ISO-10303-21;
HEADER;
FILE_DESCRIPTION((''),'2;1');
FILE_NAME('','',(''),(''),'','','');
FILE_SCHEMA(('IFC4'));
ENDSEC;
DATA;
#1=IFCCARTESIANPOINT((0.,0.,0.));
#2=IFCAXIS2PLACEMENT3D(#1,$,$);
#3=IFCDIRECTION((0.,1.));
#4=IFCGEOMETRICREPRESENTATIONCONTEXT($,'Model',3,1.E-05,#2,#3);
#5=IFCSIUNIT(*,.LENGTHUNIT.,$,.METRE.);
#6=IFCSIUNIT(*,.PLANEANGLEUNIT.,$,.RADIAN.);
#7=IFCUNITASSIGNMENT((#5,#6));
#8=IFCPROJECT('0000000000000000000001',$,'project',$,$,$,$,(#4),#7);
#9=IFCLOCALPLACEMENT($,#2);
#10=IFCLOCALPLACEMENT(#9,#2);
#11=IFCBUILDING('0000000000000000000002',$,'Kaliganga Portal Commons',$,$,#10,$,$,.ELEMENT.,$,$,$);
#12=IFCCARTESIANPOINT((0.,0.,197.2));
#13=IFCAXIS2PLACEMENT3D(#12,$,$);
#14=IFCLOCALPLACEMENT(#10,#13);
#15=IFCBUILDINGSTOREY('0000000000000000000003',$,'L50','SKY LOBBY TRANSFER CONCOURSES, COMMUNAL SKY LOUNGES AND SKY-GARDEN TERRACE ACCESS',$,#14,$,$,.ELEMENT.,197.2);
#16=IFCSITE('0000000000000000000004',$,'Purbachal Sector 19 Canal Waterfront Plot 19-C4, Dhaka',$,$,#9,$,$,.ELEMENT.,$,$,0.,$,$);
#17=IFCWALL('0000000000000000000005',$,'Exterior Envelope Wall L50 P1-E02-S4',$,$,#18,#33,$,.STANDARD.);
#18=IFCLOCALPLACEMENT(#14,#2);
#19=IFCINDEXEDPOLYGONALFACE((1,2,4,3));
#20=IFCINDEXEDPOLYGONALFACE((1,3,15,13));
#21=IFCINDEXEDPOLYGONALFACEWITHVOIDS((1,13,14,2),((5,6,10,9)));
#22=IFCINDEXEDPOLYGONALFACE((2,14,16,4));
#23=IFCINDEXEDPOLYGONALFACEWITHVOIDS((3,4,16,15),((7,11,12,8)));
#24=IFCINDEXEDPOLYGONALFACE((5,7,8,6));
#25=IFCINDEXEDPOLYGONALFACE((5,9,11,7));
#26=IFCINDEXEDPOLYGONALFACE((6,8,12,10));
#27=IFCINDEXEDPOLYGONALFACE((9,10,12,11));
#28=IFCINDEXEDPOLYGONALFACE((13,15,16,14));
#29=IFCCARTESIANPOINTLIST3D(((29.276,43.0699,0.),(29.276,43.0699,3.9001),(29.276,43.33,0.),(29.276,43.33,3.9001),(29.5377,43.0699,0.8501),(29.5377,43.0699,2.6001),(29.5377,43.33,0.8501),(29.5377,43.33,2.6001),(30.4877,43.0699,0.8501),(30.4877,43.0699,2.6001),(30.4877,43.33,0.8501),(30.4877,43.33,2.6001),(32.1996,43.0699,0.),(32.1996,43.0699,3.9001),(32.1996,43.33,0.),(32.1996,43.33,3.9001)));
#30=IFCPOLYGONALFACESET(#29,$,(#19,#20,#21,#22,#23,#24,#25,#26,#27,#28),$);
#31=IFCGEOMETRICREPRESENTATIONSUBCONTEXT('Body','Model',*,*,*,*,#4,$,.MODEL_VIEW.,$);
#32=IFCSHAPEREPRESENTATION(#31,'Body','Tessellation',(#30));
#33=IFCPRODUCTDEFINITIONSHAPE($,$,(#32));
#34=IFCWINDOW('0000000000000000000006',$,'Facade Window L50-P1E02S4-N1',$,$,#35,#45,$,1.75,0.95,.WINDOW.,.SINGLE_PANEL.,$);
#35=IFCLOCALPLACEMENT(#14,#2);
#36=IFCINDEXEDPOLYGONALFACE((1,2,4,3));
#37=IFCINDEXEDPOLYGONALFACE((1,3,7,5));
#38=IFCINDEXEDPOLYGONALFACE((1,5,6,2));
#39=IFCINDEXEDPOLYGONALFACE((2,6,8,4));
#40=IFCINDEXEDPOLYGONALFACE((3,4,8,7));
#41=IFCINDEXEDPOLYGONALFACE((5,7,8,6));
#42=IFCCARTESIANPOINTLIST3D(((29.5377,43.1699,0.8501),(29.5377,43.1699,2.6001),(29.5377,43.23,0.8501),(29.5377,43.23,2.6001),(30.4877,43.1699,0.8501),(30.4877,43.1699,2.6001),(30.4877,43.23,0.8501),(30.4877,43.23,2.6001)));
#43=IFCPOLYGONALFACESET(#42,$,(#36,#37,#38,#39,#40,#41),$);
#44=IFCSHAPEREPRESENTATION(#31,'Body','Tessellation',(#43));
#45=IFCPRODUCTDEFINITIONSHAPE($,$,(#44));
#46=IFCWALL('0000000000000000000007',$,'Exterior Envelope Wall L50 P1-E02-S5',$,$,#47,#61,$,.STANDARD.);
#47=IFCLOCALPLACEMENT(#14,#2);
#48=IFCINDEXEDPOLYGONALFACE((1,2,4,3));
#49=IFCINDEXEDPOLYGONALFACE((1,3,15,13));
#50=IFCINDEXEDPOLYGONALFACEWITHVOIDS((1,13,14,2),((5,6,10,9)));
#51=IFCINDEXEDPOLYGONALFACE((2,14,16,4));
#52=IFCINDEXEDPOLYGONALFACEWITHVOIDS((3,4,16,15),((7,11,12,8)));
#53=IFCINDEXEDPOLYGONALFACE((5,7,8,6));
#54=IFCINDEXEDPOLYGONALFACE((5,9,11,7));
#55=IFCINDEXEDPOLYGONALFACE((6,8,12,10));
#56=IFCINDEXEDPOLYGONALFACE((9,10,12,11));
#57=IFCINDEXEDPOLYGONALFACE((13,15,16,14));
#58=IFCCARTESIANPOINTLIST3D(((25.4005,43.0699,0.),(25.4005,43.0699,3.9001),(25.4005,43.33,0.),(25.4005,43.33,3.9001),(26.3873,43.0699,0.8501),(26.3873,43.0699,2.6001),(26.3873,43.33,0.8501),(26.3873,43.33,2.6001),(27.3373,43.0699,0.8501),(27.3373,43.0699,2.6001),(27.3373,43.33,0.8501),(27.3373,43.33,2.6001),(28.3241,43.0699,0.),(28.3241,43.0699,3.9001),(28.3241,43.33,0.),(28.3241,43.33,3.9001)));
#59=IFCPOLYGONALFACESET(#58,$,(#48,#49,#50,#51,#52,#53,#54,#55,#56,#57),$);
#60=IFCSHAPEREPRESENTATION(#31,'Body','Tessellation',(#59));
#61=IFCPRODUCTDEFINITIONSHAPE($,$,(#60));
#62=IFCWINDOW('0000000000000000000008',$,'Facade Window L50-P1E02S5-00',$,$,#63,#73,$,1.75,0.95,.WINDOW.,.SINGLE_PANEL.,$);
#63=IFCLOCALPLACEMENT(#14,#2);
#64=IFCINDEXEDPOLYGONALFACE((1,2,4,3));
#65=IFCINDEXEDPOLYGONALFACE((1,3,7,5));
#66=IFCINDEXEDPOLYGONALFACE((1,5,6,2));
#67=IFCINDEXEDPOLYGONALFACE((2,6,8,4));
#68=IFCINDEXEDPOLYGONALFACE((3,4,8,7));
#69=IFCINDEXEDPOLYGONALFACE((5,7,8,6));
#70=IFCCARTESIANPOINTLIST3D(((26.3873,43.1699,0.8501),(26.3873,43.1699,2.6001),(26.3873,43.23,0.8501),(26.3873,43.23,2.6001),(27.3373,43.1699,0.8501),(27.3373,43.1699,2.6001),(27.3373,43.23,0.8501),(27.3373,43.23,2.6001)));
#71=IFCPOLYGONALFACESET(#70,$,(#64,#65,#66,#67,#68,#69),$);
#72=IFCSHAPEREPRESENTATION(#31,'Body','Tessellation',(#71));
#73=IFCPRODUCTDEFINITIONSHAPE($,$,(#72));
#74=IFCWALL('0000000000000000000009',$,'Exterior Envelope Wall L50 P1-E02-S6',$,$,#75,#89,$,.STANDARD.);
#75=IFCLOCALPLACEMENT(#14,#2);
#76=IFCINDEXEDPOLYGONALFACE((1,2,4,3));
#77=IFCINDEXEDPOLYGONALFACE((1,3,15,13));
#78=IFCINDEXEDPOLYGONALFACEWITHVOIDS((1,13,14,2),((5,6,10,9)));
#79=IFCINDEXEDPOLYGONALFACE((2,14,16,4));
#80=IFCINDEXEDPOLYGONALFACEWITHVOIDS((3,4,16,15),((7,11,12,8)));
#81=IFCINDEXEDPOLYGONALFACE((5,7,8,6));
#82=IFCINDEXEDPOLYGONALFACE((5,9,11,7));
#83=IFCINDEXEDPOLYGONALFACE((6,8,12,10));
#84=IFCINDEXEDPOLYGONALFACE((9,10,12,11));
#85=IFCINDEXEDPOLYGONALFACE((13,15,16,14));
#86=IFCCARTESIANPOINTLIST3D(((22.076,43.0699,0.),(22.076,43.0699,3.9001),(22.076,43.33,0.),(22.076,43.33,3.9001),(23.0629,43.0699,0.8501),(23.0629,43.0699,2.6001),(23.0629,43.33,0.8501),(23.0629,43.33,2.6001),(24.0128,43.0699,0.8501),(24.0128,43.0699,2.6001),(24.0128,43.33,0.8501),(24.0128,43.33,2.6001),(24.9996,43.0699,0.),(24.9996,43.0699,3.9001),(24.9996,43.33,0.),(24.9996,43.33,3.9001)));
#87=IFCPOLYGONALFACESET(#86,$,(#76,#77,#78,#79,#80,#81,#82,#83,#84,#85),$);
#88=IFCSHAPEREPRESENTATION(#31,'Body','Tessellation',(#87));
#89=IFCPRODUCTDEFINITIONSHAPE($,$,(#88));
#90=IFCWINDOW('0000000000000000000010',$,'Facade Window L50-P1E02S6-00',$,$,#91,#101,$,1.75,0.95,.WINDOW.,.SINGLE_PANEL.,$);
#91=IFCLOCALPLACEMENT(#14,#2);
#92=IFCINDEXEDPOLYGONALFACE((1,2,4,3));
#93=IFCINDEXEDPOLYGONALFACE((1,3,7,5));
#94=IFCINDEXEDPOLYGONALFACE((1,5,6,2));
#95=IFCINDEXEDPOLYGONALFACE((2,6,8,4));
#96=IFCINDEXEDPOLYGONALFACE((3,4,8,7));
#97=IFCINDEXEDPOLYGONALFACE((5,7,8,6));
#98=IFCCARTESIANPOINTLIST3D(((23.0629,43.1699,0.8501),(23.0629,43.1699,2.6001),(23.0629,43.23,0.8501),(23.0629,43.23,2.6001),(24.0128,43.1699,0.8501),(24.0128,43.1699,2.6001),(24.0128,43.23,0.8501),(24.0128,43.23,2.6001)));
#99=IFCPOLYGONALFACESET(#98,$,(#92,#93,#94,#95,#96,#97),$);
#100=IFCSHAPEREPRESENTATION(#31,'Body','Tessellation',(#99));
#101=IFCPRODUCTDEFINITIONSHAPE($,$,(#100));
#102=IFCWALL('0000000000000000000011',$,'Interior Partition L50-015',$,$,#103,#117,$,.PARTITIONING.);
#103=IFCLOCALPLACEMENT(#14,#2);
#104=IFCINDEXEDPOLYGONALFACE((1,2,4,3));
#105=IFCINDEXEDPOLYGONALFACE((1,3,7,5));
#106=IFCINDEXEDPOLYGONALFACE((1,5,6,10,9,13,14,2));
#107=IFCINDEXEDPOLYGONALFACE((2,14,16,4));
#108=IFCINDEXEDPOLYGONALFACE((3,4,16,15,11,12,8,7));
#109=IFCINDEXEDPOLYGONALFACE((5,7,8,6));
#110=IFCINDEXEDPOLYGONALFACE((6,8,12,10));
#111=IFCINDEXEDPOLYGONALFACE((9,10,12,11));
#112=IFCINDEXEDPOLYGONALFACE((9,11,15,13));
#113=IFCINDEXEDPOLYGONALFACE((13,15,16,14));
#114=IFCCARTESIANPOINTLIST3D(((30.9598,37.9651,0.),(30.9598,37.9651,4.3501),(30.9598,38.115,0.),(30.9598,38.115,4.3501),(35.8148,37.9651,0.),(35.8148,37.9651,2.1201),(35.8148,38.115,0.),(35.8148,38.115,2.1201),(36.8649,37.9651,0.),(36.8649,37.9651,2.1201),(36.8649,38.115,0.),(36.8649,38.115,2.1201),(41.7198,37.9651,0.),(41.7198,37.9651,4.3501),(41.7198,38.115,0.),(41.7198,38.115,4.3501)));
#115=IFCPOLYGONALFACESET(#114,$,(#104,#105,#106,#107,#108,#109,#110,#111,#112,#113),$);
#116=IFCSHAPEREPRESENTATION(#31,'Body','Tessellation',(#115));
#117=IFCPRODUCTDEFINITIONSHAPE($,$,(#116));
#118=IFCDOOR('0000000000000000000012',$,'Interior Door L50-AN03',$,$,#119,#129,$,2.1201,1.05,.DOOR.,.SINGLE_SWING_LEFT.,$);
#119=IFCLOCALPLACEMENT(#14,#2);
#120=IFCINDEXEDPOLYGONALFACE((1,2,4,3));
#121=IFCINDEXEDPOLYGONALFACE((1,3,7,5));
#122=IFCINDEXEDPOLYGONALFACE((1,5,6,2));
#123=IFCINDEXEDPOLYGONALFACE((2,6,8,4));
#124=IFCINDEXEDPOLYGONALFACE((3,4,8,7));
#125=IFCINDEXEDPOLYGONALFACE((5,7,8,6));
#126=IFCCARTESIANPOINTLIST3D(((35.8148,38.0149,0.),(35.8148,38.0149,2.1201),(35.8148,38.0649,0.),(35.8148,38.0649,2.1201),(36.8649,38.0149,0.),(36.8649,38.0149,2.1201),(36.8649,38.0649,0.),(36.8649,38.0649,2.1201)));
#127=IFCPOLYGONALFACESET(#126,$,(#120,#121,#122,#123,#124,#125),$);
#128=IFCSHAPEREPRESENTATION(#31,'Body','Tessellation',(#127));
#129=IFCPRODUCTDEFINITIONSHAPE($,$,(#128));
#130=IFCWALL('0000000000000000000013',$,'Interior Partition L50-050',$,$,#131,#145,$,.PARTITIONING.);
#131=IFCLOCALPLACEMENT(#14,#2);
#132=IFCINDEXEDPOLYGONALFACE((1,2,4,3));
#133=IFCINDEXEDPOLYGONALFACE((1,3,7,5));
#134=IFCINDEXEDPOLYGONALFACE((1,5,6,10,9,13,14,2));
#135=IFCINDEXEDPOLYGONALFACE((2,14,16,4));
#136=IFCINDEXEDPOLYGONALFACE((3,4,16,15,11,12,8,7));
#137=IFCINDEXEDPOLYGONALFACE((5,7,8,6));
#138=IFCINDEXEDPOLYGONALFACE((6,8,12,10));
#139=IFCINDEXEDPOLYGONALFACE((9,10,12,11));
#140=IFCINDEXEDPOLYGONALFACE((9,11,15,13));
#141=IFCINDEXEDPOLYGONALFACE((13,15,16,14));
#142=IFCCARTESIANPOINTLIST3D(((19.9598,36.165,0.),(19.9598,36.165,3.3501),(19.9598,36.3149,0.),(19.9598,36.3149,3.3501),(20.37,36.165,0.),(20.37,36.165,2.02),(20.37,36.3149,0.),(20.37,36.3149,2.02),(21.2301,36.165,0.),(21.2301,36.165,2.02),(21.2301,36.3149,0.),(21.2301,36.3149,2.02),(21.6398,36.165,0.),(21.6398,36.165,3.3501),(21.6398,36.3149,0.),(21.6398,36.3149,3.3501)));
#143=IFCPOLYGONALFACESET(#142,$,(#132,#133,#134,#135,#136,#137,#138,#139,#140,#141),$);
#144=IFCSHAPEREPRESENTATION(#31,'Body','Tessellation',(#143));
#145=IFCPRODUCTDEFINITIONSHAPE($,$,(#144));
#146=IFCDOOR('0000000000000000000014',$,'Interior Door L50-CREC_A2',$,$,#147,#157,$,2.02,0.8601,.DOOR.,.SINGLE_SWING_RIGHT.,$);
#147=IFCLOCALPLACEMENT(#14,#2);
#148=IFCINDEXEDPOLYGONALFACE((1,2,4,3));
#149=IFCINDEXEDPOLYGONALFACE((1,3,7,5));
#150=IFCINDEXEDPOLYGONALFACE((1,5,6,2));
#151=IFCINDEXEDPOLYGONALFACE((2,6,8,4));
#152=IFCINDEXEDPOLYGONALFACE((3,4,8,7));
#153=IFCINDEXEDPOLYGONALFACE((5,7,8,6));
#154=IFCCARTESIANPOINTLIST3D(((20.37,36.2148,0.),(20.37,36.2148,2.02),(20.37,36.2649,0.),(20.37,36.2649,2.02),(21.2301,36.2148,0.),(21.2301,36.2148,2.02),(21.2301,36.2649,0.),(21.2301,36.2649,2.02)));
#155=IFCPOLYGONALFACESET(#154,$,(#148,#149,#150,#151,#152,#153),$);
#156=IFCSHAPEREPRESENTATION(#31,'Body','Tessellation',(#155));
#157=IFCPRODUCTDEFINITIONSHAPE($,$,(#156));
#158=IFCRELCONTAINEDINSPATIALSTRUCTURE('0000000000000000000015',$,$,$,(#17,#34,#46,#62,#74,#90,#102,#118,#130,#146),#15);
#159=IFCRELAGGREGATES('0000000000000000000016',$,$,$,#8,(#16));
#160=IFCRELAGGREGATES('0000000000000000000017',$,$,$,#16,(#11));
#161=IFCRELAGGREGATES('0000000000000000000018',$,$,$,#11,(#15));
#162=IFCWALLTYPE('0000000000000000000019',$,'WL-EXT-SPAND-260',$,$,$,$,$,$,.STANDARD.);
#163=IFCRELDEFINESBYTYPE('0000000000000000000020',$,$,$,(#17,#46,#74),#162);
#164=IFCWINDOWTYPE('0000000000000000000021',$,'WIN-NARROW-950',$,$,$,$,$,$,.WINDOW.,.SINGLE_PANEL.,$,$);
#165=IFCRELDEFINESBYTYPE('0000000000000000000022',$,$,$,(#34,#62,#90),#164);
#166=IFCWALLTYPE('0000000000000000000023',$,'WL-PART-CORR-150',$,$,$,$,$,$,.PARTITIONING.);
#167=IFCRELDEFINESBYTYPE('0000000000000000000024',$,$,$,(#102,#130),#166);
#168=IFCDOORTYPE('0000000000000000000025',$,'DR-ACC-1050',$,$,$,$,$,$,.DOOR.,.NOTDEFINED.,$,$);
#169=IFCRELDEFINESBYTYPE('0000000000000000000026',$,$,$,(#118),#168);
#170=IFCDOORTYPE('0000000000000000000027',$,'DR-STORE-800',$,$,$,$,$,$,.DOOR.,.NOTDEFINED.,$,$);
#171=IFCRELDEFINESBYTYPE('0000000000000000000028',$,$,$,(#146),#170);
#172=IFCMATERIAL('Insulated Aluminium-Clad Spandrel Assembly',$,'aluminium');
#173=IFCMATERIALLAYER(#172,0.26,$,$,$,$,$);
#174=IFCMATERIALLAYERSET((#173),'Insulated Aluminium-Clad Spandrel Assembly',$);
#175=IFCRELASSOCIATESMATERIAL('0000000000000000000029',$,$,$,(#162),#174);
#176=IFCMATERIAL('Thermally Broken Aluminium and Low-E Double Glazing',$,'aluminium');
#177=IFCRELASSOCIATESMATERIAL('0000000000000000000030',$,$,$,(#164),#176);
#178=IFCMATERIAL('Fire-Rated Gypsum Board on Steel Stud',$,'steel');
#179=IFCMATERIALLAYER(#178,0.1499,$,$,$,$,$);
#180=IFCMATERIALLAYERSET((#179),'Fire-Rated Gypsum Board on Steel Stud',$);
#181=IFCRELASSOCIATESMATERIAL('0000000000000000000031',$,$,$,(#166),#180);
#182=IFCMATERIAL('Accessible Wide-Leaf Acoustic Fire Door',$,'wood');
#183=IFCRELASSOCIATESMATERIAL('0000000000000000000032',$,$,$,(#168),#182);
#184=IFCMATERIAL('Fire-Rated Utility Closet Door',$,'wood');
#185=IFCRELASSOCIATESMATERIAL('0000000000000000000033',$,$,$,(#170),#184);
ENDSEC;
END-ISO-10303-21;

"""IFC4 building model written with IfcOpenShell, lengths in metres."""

from ifc_helpers import new_model, si_unit, direction, frame, frame_2d, origin, place, context, subcontext, project, spatial, rectangle, extrude, material, layer, layer_set, type_object, element, fill, save


model = new_model("IFC4")

# Units and contexts
model_context = context("Model", 3, precision=1e-05, world=origin(), true_north=direction((0.0, 1.0)))
body_context = subcontext(model_context, "Body", "Model", "MODEL_VIEW")
ifc_project = project(units=[si_unit("LENGTHUNIT", "METRE"), si_unit("PLANEANGLEUNIT", "RADIAN")], contexts=[model_context])

# Site, building, storey
site_placement = place(None, origin())
site = spatial("IfcSite", under=ifc_project, at=site_placement, Name="Purbachal Sector 19 Canal Waterfront Plot 19-C4, Dhaka", CompositionType="ELEMENT", RefElevation=0.0)
building_placement = place(site_placement, origin())
building = spatial("IfcBuilding", under=site, at=building_placement, Name="Kaliganga Portal Commons", CompositionType="ELEMENT")
storey_placement = place(building_placement, frame((0.0, 0.0, 197.2)))
storey = spatial("IfcBuildingStorey", under=building, at=storey_placement, Name="L50", Description="SKY LOBBY TRANSFER CONCOURSES, COMMUNAL SKY LOUNGES AND SKY-GARDEN TERRACE ACCESS", CompositionType="ELEMENT", Elevation=197.2)

# Walls, openings, windows
ifc_material_1 = material(Name="Insulated Aluminium-Clad Spandrel Assembly", Category="aluminium")
ifc_layer_1 = layer(ifc_material_1, 0.26)
ifc_layer_set_1 = layer_set([ifc_layer_1], Name="Insulated Aluminium-Clad Spandrel Assembly")
wall_type_1 = type_object("IfcWallType", Name="WL-EXT-SPAND-260", PredefinedType="STANDARD", material=ifc_layer_set_1)
wall_1_placement = place(storey_placement, frame((29.2759, 43.2, 0.0), z_axis=(0.0, 0.0, 1.0), x_axis=(1.0, 0.0, 0.0)))
wall_1 = element("IfcWall", 1, at=wall_1_placement, inside=storey, type_object=wall_type_1, Name="Exterior Envelope Wall L50 P1-E02-S4", PredefinedType="STANDARD", context=body_context, shape_type="SweptSolid", body=[
    extrude(rectangle(XDim=2.9236, YDim=0.26, at=frame_2d((1.4619, 0.0))), origin(), (0.0, 0.0, 1.0), 3.9001),
])
opening_1_placement = place(wall_1_placement, frame((0.2617, 0.0, 0.8501)))
opening_1 = element("IfcOpeningElement", 2, at=opening_1_placement, cuts=wall_1, PredefinedType="OPENING", context=body_context, shape_type="SweptSolid", body=[
    extrude(rectangle(XDim=0.95, YDim=1.75, at=frame_2d((0.4751, 0.875))), frame((0.0, 0.1401, 0.0), z_axis=(0.0, -1.0, 0.0), x_axis=(1.0, 0.0, 0.0)), (0.0, 0.0, 1.0), 0.28),
])
ifc_material_2 = material(Name="Thermally Broken Aluminium and Low-E Double Glazing", Category="aluminium")
window_type = type_object("IfcWindowType", Name="WIN-NARROW-950", PartitioningType="SINGLE_PANEL", PredefinedType="WINDOW", material=ifc_material_2)
window_1_placement = place(opening_1_placement, origin())
window_1 = element("IfcWindow", 3, at=window_1_placement, inside=storey, type_object=window_type, Name="Facade Window L50-P1E02S4-N1", OverallHeight=1.75, OverallWidth=0.95, PartitioningType="SINGLE_PANEL", PredefinedType="WINDOW", context=body_context, shape_type="SweptSolid", body=[
    extrude(rectangle(XDim=0.95, YDim=1.75, at=frame_2d((0.4751, 0.875))), frame((0.0, 0.03, 0.0), z_axis=(0.0, -1.0, 0.0), x_axis=(1.0, 0.0, 0.0)), (0.0, 0.0, 1.0), 0.0601),
])
fill(opening_1, window_1)
wall_2_placement = place(storey_placement, frame((25.4004, 43.2, 0.0), z_axis=(0.0, 0.0, 1.0), x_axis=(1.0, 0.0, 0.0)))
wall_2 = element("IfcWall", 4, at=wall_2_placement, inside=storey, type_object=wall_type_1, Name="Exterior Envelope Wall L50 P1-E02-S5", PredefinedType="STANDARD", context=body_context, shape_type="SweptSolid", body=[
    extrude(rectangle(XDim=2.9236, YDim=0.26, at=frame_2d((1.4619, 0.0))), origin(), (0.0, 0.0, 1.0), 3.9001),
])
opening_2_placement = place(wall_2_placement, frame((0.9868, 0.0, 0.8501)))
opening_2 = element("IfcOpeningElement", 5, at=opening_2_placement, cuts=wall_2, PredefinedType="OPENING", context=body_context, shape_type="SweptSolid", body=[
    extrude(rectangle(XDim=0.95, YDim=1.75, at=frame_2d((0.4751, 0.875))), frame((0.0, 0.1401, 0.0), z_axis=(0.0, -1.0, 0.0), x_axis=(1.0, 0.0, 0.0)), (0.0, 0.0, 1.0), 0.28),
])
window_2_placement = place(opening_2_placement, origin())
window_2 = element("IfcWindow", 6, at=window_2_placement, inside=storey, type_object=window_type, Name="Facade Window L50-P1E02S5-00", OverallHeight=1.75, OverallWidth=0.95, PartitioningType="SINGLE_PANEL", PredefinedType="WINDOW", context=body_context, shape_type="SweptSolid", body=[
    extrude(rectangle(XDim=0.95, YDim=1.75, at=frame_2d((0.4751, 0.875))), frame((0.0, 0.03, 0.0), z_axis=(0.0, -1.0, 0.0), x_axis=(1.0, 0.0, 0.0)), (0.0, 0.0, 1.0), 0.0601),
])
fill(opening_2, window_2)
wall_3_placement = place(storey_placement, frame((22.0759, 43.2, 0.0), z_axis=(0.0, 0.0, 1.0), x_axis=(1.0, 0.0, 0.0)))
wall_3 = element("IfcWall", 7, at=wall_3_placement, inside=storey, type_object=wall_type_1, Name="Exterior Envelope Wall L50 P1-E02-S6", PredefinedType="STANDARD", context=body_context, shape_type="SweptSolid", body=[
    extrude(rectangle(XDim=2.9236, YDim=0.26, at=frame_2d((1.4619, 0.0))), origin(), (0.0, 0.0, 1.0), 3.9001),
])
opening_3_placement = place(wall_3_placement, frame((0.9868, 0.0, 0.8501)))
opening_3 = element("IfcOpeningElement", 8, at=opening_3_placement, cuts=wall_3, PredefinedType="OPENING", context=body_context, shape_type="SweptSolid", body=[
    extrude(rectangle(XDim=0.95, YDim=1.75, at=frame_2d((0.4751, 0.875))), frame((0.0, 0.1401, 0.0), z_axis=(0.0, -1.0, 0.0), x_axis=(1.0, 0.0, 0.0)), (0.0, 0.0, 1.0), 0.28),
])
window_3_placement = place(opening_3_placement, origin())
window_3 = element("IfcWindow", 9, at=window_3_placement, inside=storey, type_object=window_type, Name="Facade Window L50-P1E02S6-00", OverallHeight=1.75, OverallWidth=0.95, PartitioningType="SINGLE_PANEL", PredefinedType="WINDOW", context=body_context, shape_type="SweptSolid", body=[
    extrude(rectangle(XDim=0.95, YDim=1.75, at=frame_2d((0.4751, 0.875))), frame((0.0, 0.03, 0.0), z_axis=(0.0, -1.0, 0.0), x_axis=(1.0, 0.0, 0.0)), (0.0, 0.0, 1.0), 0.0601),
])
fill(opening_3, window_3)

# Walls, openings, doors
ifc_material_3 = material(Name="Fire-Rated Gypsum Board on Steel Stud", Category="steel")
ifc_layer_2 = layer(ifc_material_3, 0.1499)
ifc_layer_set_2 = layer_set([ifc_layer_2], Name="Fire-Rated Gypsum Board on Steel Stud")
wall_type_2 = type_object("IfcWallType", Name="WL-PART-CORR-150", PredefinedType="PARTITIONING", material=ifc_layer_set_2)
wall_4_placement = place(storey_placement, frame((30.96, 38.04, 0.0), z_axis=(0.0, 0.0, 1.0), x_axis=(1.0, 0.0, 0.0)))
wall_4 = element("IfcWall", 10, at=wall_4_placement, inside=storey, type_object=wall_type_2, Name="Interior Partition L50-015", PredefinedType="PARTITIONING", context=body_context, shape_type="SweptSolid", body=[
    extrude(rectangle(XDim=10.76, YDim=0.1499, at=frame_2d((5.3799, 0.0))), origin(), (0.0, 0.0, 1.0), 4.3501),
])
opening_4_placement = place(wall_4_placement, frame((4.855, 0.0, 0.0)))
opening_4 = element("IfcOpeningElement", 11, at=opening_4_placement, cuts=wall_4, PredefinedType="OPENING", context=body_context, shape_type="SweptSolid", body=[
    extrude(rectangle(XDim=1.05, YDim=2.1201, at=frame_2d((0.5249, 1.0601))), frame((0.0, 0.085, 0.0), z_axis=(0.0, -1.0, 0.0), x_axis=(1.0, 0.0, 0.0)), (0.0, 0.0, 1.0), 0.1699),
])
ifc_material_4 = material(Name="Accessible Wide-Leaf Acoustic Fire Door", Category="wood")
door_type_1 = type_object("IfcDoorType", Name="DR-ACC-1050", OperationType="NOTDEFINED", PredefinedType="DOOR", material=ifc_material_4)
door_1_placement = place(opening_4_placement, origin())
door_1 = element("IfcDoor", 12, at=door_1_placement, inside=storey, type_object=door_type_1, Name="Interior Door L50-AN03", OperationType="SINGLE_SWING_LEFT", OverallHeight=2.1201, OverallWidth=1.05, PredefinedType="DOOR", context=body_context, shape_type="SweptSolid", body=[
    extrude(rectangle(XDim=1.05, YDim=2.1201, at=frame_2d((0.5249, 1.0601))), frame((0.0, 0.0249, 0.0), z_axis=(0.0, -1.0, 0.0), x_axis=(1.0, 0.0, 0.0)), (0.0, 0.0, 1.0), 0.05),
])
fill(opening_4, door_1)
wall_5_placement = place(storey_placement, frame((19.96, 36.24, 0.0), z_axis=(0.0, 0.0, 1.0), x_axis=(1.0, 0.0, 0.0)))
wall_5 = element("IfcWall", 13, at=wall_5_placement, inside=storey, type_object=wall_type_2, Name="Interior Partition L50-050", PredefinedType="PARTITIONING", context=body_context, shape_type="SweptSolid", body=[
    extrude(rectangle(XDim=1.6799, YDim=0.1499, at=frame_2d((0.8398, 0.0))), origin(), (0.0, 0.0, 1.0), 3.3501),
])
opening_5_placement = place(wall_5_placement, frame((0.4099, 0.0, 0.0)))
opening_5 = element("IfcOpeningElement", 14, at=opening_5_placement, cuts=wall_5, PredefinedType="OPENING", context=body_context, shape_type="SweptSolid", body=[
    extrude(rectangle(XDim=0.8601, YDim=2.02, at=frame_2d((0.4302, 1.01))), frame((0.0, 0.085, 0.0), z_axis=(0.0, -1.0, 0.0), x_axis=(1.0, 0.0, 0.0)), (0.0, 0.0, 1.0), 0.1699),
])
ifc_material_5 = material(Name="Fire-Rated Utility Closet Door", Category="wood")
door_type_2 = type_object("IfcDoorType", Name="DR-STORE-800", OperationType="NOTDEFINED", PredefinedType="DOOR", material=ifc_material_5)
door_2_placement = place(opening_5_placement, origin())
door_2 = element("IfcDoor", 15, at=door_2_placement, inside=storey, type_object=door_type_2, Name="Interior Door L50-CREC_A2", OperationType="SINGLE_SWING_RIGHT", OverallHeight=2.02, OverallWidth=0.8601, PredefinedType="DOOR", context=body_context, shape_type="SweptSolid", body=[
    extrude(rectangle(XDim=0.8601, YDim=2.02, at=frame_2d((0.4302, 1.01))), frame((0.0, 0.0249, 0.0), z_axis=(0.0, -1.0, 0.0), x_axis=(1.0, 0.0, 0.0)), (0.0, 0.0, 1.0), 0.05),
])
fill(opening_5, door_2)

save(model, "model.ifc")
